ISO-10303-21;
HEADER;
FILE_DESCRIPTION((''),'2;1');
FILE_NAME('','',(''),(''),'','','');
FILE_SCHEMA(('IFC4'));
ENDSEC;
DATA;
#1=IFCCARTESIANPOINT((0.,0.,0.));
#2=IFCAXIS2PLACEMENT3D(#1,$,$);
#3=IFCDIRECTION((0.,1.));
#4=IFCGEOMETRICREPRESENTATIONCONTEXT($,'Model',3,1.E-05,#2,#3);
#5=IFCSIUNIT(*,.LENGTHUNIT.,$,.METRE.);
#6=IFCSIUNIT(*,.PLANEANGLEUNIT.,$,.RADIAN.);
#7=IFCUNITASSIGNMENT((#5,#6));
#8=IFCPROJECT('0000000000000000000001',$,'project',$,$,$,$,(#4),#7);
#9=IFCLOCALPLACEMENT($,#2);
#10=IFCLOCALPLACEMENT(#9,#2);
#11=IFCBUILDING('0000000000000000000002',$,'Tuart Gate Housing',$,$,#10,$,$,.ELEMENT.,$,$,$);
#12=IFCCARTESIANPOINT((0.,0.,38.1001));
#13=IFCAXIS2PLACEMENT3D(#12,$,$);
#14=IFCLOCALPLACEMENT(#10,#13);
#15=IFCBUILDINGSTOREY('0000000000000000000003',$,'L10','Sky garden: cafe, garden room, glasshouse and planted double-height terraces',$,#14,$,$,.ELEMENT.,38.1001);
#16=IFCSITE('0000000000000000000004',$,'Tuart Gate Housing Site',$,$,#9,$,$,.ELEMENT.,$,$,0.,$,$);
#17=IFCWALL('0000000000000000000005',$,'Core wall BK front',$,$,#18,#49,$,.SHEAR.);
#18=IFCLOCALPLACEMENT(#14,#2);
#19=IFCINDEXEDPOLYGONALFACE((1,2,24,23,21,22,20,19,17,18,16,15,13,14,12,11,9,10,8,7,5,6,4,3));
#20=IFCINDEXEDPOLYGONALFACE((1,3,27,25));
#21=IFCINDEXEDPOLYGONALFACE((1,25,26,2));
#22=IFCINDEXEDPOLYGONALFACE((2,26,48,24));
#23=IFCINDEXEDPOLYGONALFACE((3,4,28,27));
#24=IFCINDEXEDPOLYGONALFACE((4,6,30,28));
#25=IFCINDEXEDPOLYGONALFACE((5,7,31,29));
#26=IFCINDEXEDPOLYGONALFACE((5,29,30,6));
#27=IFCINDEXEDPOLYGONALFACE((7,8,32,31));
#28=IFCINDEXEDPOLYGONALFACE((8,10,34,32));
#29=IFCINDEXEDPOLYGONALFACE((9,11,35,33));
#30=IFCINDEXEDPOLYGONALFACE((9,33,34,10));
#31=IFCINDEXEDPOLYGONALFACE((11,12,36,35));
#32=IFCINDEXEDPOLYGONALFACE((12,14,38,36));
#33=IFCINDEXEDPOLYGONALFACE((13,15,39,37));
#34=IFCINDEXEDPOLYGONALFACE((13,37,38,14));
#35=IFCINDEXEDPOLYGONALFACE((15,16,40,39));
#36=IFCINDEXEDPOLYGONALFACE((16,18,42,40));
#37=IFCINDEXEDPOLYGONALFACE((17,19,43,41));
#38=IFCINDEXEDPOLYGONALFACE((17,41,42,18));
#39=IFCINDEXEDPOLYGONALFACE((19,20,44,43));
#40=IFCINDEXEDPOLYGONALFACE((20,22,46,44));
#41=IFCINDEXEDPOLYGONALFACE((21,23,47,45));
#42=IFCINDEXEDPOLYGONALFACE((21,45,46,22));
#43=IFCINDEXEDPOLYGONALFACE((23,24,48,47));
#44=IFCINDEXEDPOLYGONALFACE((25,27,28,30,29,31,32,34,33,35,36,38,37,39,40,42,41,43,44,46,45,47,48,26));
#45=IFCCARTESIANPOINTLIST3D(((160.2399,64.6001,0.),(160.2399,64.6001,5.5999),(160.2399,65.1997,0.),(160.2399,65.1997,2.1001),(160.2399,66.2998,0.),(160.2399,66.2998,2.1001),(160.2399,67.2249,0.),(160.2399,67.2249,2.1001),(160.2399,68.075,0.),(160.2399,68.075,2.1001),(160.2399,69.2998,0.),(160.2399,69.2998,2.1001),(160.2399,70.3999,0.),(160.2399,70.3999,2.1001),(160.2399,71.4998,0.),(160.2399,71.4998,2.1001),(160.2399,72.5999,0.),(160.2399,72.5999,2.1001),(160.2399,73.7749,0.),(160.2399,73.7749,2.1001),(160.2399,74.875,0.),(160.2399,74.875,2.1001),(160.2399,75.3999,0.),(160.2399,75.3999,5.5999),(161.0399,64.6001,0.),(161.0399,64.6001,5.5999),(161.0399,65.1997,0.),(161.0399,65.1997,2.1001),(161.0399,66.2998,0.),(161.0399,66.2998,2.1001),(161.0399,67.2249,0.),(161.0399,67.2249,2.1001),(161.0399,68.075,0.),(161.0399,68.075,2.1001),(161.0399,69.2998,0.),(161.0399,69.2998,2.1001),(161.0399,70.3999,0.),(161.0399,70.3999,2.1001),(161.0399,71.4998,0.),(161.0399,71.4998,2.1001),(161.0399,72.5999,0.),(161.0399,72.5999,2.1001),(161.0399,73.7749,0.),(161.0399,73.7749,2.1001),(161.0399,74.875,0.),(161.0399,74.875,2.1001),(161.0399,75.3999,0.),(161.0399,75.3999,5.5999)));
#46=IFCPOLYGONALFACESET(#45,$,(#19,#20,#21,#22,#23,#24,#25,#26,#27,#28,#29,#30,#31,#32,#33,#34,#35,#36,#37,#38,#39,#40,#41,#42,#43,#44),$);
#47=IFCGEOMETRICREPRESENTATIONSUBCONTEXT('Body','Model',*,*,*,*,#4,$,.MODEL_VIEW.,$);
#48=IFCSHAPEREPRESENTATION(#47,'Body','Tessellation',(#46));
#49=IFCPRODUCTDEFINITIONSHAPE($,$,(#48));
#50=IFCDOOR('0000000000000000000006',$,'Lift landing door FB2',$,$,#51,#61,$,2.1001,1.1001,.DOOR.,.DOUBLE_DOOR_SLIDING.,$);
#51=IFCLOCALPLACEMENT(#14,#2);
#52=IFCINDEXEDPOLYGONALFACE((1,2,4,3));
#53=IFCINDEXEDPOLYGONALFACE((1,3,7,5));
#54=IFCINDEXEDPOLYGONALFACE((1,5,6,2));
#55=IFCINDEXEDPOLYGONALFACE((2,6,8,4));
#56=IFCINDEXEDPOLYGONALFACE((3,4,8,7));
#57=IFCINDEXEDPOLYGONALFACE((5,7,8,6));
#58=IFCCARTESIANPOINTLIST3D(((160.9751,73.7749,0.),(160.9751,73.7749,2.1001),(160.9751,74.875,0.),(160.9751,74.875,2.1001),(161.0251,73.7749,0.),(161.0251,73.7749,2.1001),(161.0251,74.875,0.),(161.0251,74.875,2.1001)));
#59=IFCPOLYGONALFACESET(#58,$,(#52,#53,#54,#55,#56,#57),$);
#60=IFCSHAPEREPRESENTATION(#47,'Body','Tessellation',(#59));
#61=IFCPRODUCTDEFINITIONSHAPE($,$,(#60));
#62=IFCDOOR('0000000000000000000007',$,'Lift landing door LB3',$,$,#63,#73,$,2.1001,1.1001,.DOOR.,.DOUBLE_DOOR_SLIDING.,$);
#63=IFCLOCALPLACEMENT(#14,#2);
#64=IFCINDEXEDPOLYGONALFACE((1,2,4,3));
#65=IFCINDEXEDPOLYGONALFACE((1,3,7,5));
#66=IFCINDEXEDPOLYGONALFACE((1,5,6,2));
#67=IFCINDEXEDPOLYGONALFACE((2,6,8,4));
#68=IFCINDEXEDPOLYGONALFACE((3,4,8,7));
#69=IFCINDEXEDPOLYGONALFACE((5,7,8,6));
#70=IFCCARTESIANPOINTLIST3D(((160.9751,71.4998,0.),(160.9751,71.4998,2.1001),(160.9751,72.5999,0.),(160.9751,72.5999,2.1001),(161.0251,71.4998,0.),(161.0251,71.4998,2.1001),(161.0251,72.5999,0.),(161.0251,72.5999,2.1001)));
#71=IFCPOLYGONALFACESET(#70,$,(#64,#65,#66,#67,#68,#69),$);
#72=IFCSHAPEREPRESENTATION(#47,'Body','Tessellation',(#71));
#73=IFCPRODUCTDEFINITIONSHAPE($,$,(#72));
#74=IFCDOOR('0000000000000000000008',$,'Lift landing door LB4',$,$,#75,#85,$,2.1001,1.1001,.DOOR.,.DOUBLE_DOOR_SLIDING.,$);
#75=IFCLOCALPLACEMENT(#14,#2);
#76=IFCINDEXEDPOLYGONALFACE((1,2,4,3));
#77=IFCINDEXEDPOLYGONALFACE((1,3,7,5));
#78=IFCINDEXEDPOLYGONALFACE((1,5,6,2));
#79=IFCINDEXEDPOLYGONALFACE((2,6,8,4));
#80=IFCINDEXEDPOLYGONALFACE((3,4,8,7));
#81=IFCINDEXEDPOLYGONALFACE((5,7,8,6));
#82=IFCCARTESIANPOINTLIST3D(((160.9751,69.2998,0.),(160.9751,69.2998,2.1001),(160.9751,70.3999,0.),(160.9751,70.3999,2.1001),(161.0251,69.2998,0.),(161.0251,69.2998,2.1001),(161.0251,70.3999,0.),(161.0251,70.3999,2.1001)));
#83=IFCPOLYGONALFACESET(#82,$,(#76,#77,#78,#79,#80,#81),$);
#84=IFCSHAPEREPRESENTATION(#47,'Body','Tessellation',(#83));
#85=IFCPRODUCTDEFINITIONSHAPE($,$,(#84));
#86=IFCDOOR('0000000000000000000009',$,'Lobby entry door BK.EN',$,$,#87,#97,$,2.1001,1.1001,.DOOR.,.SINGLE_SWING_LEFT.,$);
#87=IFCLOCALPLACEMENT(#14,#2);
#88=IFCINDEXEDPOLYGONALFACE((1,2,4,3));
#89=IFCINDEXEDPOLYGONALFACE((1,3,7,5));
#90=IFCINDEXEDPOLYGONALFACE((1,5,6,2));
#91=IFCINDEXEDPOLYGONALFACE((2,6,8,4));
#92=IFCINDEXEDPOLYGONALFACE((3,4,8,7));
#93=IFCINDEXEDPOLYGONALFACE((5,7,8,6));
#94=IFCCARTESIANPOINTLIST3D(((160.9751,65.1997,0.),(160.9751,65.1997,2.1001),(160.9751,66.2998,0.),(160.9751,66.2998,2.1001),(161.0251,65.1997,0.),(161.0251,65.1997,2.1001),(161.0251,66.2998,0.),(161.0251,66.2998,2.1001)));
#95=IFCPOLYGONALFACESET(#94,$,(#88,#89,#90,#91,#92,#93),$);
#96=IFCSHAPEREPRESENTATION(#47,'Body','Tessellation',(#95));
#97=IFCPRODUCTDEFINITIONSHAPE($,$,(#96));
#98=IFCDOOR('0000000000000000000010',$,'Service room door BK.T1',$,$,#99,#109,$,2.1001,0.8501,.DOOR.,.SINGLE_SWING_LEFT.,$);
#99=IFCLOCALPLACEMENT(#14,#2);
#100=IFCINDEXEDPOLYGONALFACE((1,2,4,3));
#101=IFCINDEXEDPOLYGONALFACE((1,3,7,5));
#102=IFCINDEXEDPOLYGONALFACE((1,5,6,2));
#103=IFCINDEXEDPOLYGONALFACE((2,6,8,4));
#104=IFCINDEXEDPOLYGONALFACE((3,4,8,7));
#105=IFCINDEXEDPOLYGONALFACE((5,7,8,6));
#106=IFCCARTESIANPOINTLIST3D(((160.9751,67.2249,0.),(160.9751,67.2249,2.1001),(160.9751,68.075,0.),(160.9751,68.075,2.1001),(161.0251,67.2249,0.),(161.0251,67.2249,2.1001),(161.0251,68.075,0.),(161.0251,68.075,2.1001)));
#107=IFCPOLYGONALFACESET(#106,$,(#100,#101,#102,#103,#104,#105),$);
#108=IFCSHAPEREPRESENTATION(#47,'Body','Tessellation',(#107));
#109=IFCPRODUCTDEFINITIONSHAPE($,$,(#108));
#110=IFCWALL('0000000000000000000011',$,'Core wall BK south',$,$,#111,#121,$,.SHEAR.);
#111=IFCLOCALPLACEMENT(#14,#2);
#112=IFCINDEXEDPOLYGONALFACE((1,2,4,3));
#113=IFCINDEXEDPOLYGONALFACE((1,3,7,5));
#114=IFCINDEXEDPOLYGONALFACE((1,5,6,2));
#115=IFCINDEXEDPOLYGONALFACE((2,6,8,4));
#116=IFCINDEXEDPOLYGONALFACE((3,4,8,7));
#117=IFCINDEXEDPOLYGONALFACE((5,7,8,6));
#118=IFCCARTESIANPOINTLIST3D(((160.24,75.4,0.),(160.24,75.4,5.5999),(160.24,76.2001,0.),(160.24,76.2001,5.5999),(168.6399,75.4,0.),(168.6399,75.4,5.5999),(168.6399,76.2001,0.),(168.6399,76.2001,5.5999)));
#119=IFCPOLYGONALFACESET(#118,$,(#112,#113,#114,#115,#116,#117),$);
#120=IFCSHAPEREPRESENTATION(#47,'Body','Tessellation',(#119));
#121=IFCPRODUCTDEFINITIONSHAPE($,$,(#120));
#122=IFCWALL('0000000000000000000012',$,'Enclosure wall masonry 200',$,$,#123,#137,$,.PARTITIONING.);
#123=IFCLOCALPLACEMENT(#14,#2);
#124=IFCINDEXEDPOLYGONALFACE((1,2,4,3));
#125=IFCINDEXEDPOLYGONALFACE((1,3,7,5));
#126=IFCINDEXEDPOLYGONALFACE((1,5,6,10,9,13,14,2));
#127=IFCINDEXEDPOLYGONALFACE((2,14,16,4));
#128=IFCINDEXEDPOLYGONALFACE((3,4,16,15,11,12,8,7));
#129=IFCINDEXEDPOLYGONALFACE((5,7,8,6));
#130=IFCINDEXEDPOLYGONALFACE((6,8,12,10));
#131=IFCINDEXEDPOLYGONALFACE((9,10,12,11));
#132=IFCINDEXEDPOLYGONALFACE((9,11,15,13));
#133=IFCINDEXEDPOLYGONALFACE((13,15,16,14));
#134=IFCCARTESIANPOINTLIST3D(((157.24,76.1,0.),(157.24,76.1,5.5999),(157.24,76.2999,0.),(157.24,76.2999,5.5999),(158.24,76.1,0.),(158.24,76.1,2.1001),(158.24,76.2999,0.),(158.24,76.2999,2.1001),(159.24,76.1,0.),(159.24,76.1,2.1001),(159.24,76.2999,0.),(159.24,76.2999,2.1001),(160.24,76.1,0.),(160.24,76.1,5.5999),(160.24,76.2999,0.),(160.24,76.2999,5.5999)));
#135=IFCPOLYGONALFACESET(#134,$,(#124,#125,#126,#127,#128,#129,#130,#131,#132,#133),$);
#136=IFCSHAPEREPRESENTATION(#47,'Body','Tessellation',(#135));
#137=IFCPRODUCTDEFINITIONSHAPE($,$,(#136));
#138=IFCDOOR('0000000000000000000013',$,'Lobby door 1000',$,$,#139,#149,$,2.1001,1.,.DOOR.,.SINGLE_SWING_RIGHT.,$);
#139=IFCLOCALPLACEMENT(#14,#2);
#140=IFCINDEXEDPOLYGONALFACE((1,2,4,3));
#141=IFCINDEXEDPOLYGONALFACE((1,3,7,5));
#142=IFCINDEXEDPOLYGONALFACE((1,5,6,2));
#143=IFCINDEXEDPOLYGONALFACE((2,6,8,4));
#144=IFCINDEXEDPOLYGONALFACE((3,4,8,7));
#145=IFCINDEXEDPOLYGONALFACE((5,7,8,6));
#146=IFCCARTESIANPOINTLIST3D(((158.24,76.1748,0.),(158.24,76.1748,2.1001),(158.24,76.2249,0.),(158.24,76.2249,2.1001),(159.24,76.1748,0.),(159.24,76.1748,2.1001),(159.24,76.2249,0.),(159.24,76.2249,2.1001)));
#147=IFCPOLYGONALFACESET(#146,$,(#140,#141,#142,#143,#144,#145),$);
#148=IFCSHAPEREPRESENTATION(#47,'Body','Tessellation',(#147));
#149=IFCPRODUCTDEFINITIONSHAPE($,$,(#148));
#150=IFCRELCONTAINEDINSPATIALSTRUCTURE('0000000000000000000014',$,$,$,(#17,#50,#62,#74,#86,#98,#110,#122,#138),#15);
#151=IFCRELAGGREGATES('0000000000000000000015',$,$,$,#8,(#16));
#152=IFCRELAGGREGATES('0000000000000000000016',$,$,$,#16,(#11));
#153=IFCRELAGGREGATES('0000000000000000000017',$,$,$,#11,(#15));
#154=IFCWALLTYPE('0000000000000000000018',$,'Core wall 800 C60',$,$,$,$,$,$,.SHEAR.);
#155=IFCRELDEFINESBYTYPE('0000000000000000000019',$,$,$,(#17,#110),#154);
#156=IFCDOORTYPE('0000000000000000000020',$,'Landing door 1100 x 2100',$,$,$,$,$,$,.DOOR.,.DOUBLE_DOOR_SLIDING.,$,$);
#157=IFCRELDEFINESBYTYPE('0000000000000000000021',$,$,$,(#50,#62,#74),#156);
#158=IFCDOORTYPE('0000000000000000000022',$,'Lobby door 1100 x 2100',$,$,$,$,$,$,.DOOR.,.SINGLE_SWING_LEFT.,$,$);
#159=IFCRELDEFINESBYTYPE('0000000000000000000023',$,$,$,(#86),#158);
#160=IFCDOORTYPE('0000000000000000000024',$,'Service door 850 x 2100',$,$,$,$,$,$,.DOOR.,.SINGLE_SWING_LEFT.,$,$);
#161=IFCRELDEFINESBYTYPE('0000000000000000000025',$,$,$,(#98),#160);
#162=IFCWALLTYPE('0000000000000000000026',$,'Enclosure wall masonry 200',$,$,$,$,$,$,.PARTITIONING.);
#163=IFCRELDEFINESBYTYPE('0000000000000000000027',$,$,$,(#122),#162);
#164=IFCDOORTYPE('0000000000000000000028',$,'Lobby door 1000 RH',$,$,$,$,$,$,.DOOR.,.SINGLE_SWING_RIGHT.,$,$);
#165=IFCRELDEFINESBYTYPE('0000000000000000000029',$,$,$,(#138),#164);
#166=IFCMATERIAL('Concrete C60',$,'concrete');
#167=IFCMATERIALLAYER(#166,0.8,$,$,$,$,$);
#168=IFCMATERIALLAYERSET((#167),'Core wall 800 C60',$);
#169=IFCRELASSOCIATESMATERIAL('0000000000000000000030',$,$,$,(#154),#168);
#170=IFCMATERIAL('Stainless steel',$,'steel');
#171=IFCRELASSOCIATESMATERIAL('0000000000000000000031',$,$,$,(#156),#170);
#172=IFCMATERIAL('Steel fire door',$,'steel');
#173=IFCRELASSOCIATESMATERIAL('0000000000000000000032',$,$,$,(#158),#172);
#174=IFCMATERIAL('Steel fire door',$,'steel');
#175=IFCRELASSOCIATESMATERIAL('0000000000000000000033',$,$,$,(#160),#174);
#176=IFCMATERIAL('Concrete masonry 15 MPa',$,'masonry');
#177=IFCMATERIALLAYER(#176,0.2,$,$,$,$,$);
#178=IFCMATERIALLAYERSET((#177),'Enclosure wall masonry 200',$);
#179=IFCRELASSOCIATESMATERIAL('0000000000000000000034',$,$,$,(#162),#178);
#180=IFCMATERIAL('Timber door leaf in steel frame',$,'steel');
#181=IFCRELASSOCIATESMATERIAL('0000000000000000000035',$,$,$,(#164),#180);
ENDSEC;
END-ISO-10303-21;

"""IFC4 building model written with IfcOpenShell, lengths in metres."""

from ifc_helpers import new_model, si_unit, direction, frame, frame_2d, origin, place, context, subcontext, project, spatial, rectangle, extrude, material, layer, layer_set, type_object, element, fill, save


model = new_model("IFC4")

# Units and contexts
model_context = context("Model", 3, precision=1e-05, world=origin(), true_north=direction((0.0, 1.0)))
body_context = subcontext(model_context, "Body", "Model", "MODEL_VIEW")
ifc_project = project(units=[si_unit("LENGTHUNIT", "METRE"), si_unit("PLANEANGLEUNIT", "RADIAN")], contexts=[model_context])

# Site, building, storey
site_placement = place(None, origin())
site = spatial("IfcSite", under=ifc_project, at=site_placement, Name="Tuart Gate Housing Site", CompositionType="ELEMENT", RefElevation=0.0)
building_placement = place(site_placement, origin())
building = spatial("IfcBuilding", under=site, at=building_placement, Name="Tuart Gate Housing", CompositionType="ELEMENT")
storey_placement = place(building_placement, frame((0.0, 0.0, 38.1001)))
storey = spatial("IfcBuildingStorey", under=building, at=storey_placement, Name="L10", Description="Sky garden: cafe, garden room, glasshouse and planted double-height terraces", CompositionType="ELEMENT", Elevation=38.1001)

# Wall, openings, doors
ifc_material_1 = material(Name="Concrete C60", Category="concrete")
ifc_layer_1 = layer(ifc_material_1, 0.8)
ifc_layer_set_1 = layer_set([ifc_layer_1], Name="Core wall 800 C60")
wall_type_1 = type_object("IfcWallType", Name="Core wall 800 C60", PredefinedType="SHEAR", material=ifc_layer_set_1)
wall_1_placement = place(storey_placement, frame((160.6399, 75.3999, 0.0), z_axis=(0.0, 0.0, 1.0), x_axis=(0.0, -1.0, 0.0)))
wall_1 = element("IfcWall", 1, at=wall_1_placement, inside=storey, type_object=wall_type_1, Name="Core wall BK front", PredefinedType="SHEAR", context=body_context, shape_type="SweptSolid", body=[
    extrude(rectangle(XDim=10.7998, YDim=0.8, at=frame_2d((5.3999, 0.0))), origin(), (0.0, 0.0, 1.0), 5.5999),
])
opening_1_placement = place(wall_1_placement, frame((0.5249, 0.0, 0.0)))
opening_1 = element("IfcOpeningElement", 2, at=opening_1_placement, cuts=wall_1, PredefinedType="OPENING", context=body_context, shape_type="SweptSolid", body=[
    extrude(rectangle(XDim=1.1001, YDim=2.1001, at=frame_2d((0.55, 1.05))), frame((0.0, 0.4099, 0.0), z_axis=(0.0, -1.0, 0.0), x_axis=(1.0, 0.0, 0.0)), (0.0, 0.0, 1.0), 0.8201),
])
opening_2_placement = place(wall_1_placement, frame((2.8, 0.0, 0.0)))
opening_2 = element("IfcOpeningElement", 3, at=opening_2_placement, cuts=wall_1, PredefinedType="OPENING", context=body_context, shape_type="SweptSolid", body=[
    extrude(rectangle(XDim=1.1001, YDim=2.1001, at=frame_2d((0.55, 1.05))), frame((0.0, 0.4099, 0.0), z_axis=(0.0, -1.0, 0.0), x_axis=(1.0, 0.0, 0.0)), (0.0, 0.0, 1.0), 0.8201),
])
opening_3_placement = place(wall_1_placement, frame((5.0, 0.0, 0.0)))
opening_3 = element("IfcOpeningElement", 4, at=opening_3_placement, cuts=wall_1, PredefinedType="OPENING", context=body_context, shape_type="SweptSolid", body=[
    extrude(rectangle(XDim=1.1001, YDim=2.1001, at=frame_2d((0.55, 1.05))), frame((0.0, 0.4099, 0.0), z_axis=(0.0, -1.0, 0.0), x_axis=(1.0, 0.0, 0.0)), (0.0, 0.0, 1.0), 0.8201),
])
opening_4_placement = place(wall_1_placement, frame((9.1001, 0.0, 0.0)))
opening_4 = element("IfcOpeningElement", 5, at=opening_4_placement, cuts=wall_1, PredefinedType="OPENING", context=body_context, shape_type="SweptSolid", body=[
    extrude(rectangle(XDim=1.1001, YDim=2.1001, at=frame_2d((0.55, 1.05))), frame((0.0, 0.4099, 0.0), z_axis=(0.0, -1.0, 0.0), x_axis=(1.0, 0.0, 0.0)), (0.0, 0.0, 1.0), 0.8201),
])
opening_5_placement = place(wall_1_placement, frame((7.325, 0.0, 0.0)))
opening_5 = element("IfcOpeningElement", 6, at=opening_5_placement, cuts=wall_1, PredefinedType="OPENING", context=body_context, shape_type="SweptSolid", body=[
    extrude(rectangle(XDim=0.8501, YDim=2.1001, at=frame_2d((0.425, 1.05))), frame((0.0, 0.4099, 0.0), z_axis=(0.0, -1.0, 0.0), x_axis=(1.0, 0.0, 0.0)), (0.0, 0.0, 1.0), 0.8201),
])
ifc_material_2 = material(Name="Stainless steel", Category="steel")
door_type_1 = type_object("IfcDoorType", Name="Landing door 1100 x 2100", OperationType="DOUBLE_DOOR_SLIDING", PredefinedType="DOOR", material=ifc_material_2)
door_1_placement = place(opening_1_placement, origin())
door_1 = element("IfcDoor", 7, at=door_1_placement, inside=storey, type_object=door_type_1, Name="Lift landing door FB2", OperationType="DOUBLE_DOOR_SLIDING", OverallHeight=2.1001, OverallWidth=1.1001, PredefinedType="DOOR", context=body_context, shape_type="SweptSolid", body=[
    extrude(rectangle(XDim=1.1001, YDim=2.1001, at=frame_2d((0.55, 1.05))), frame((0.0, 0.3853, 0.0), z_axis=(0.0, -1.0, 0.0), x_axis=(1.0, 0.0, 0.0)), (0.0, 0.0, 1.0), 0.05),
])
fill(opening_1, door_1)
door_2_placement = place(opening_2_placement, origin())
door_2 = element("IfcDoor", 8, at=door_2_placement, inside=storey, type_object=door_type_1, Name="Lift landing door LB3", OperationType="DOUBLE_DOOR_SLIDING", OverallHeight=2.1001, OverallWidth=1.1001, PredefinedType="DOOR", context=body_context, shape_type="SweptSolid", body=[
    extrude(rectangle(XDim=1.1001, YDim=2.1001, at=frame_2d((0.55, 1.05))), frame((0.0, 0.3853, 0.0), z_axis=(0.0, -1.0, 0.0), x_axis=(1.0, 0.0, 0.0)), (0.0, 0.0, 1.0), 0.05),
])
fill(opening_2, door_2)
door_3_placement = place(opening_3_placement, origin())
door_3 = element("IfcDoor", 9, at=door_3_placement, inside=storey, type_object=door_type_1, Name="Lift landing door LB4", OperationType="DOUBLE_DOOR_SLIDING", OverallHeight=2.1001, OverallWidth=1.1001, PredefinedType="DOOR", context=body_context, shape_type="SweptSolid", body=[
    extrude(rectangle(XDim=1.1001, YDim=2.1001, at=frame_2d((0.55, 1.05))), frame((0.0, 0.3853, 0.0), z_axis=(0.0, -1.0, 0.0), x_axis=(1.0, 0.0, 0.0)), (0.0, 0.0, 1.0), 0.05),
])
fill(opening_3, door_3)
ifc_material_3 = material(Name="Steel fire door", Category="steel")
door_type_2 = type_object("IfcDoorType", Name="Lobby door 1100 x 2100", OperationType="SINGLE_SWING_LEFT", PredefinedType="DOOR", material=ifc_material_3)
door_4_placement = place(opening_4_placement, origin())
door_4 = element("IfcDoor", 10, at=door_4_placement, inside=storey, type_object=door_type_2, Name="Lobby entry door BK.EN", OperationType="SINGLE_SWING_LEFT", OverallHeight=2.1001, OverallWidth=1.1001, PredefinedType="DOOR", context=body_context, shape_type="SweptSolid", body=[
    extrude(rectangle(XDim=1.1001, YDim=2.1001, at=frame_2d((0.55, 1.05))), frame((0.0, 0.3853, 0.0), z_axis=(0.0, -1.0, 0.0), x_axis=(1.0, 0.0, 0.0)), (0.0, 0.0, 1.0), 0.05),
])
fill(opening_4, door_4)
ifc_material_4 = material(Name="Steel fire door", Category="steel")
door_type_3 = type_object("IfcDoorType", Name="Service door 850 x 2100", OperationType="SINGLE_SWING_LEFT", PredefinedType="DOOR", material=ifc_material_4)
door_5_placement = place(opening_5_placement, origin())
door_5 = element("IfcDoor", 11, at=door_5_placement, inside=storey, type_object=door_type_3, Name="Service room door BK.T1", OperationType="SINGLE_SWING_LEFT", OverallHeight=2.1001, OverallWidth=0.8501, PredefinedType="DOOR", context=body_context, shape_type="SweptSolid", body=[
    extrude(rectangle(XDim=0.8501, YDim=2.1001, at=frame_2d((0.425, 1.05))), frame((0.0, 0.3853, 0.0), z_axis=(0.0, -1.0, 0.0), x_axis=(1.0, 0.0, 0.0)), (0.0, 0.0, 1.0), 0.05),
])
fill(opening_5, door_5)

# Wall
wall_2_placement = place(storey_placement, frame((160.24, 75.8, 0.0), z_axis=(0.0, 0.0, 1.0), x_axis=(1.0, 0.0, 0.0)))
element("IfcWall", 12, at=wall_2_placement, inside=storey, type_object=wall_type_1, Name="Core wall BK south", PredefinedType="SHEAR", context=body_context, shape_type="SweptSolid", body=[
    extrude(rectangle(XDim=8.3999, YDim=0.8, at=frame_2d((4.2, 0.0))), origin(), (0.0, 0.0, 1.0), 5.5999),
])

# Wall, opening, door
ifc_material_5 = material(Name="Concrete masonry 15 MPa", Category="masonry")
ifc_layer_2 = layer(ifc_material_5, 0.2)
ifc_layer_set_2 = layer_set([ifc_layer_2], Name="Enclosure wall masonry 200")
wall_type_2 = type_object("IfcWallType", Name="Enclosure wall masonry 200", PredefinedType="PARTITIONING", material=ifc_layer_set_2)
wall_3_placement = place(storey_placement, frame((157.24, 76.2, 0.0), z_axis=(0.0, 0.0, 1.0), x_axis=(1.0, 0.0, 0.0)))
wall_3 = element("IfcWall", 13, at=wall_3_placement, inside=storey, type_object=wall_type_2, Name="Enclosure wall masonry 200", PredefinedType="PARTITIONING", context=body_context, shape_type="SweptSolid", body=[
    extrude(rectangle(XDim=3.0, YDim=0.2, at=frame_2d((1.5, 0.0))), origin(), (0.0, 0.0, 1.0), 5.5999),
])
opening_6_placement = place(wall_3_placement, frame((1.0, 0.0, 0.0)))
opening_6 = element("IfcOpeningElement", 14, at=opening_6_placement, cuts=wall_3, PredefinedType="OPENING", context=body_context, shape_type="SweptSolid", body=[
    extrude(rectangle(XDim=1.0, YDim=2.1001, at=frame_2d((0.5, 1.05))), frame((0.0, 0.1099, 0.0), z_axis=(0.0, -1.0, 0.0), x_axis=(1.0, 0.0, 0.0)), (0.0, 0.0, 1.0), 0.22),
])
ifc_material_6 = material(Name="Timber door leaf in steel frame", Category="steel")
door_type_4 = type_object("IfcDoorType", Name="Lobby door 1000 RH", OperationType="SINGLE_SWING_RIGHT", PredefinedType="DOOR", material=ifc_material_6)
door_6_placement = place(opening_6_placement, frame((1.0, 0.0, 0.0), z_axis=(0.0, 0.0, 1.0), x_axis=(-1.0, 0.0, 0.0)))
door_6 = element("IfcDoor", 15, at=door_6_placement, inside=storey, type_object=door_type_4, Name="Lobby door 1000", OperationType="SINGLE_SWING_RIGHT", OverallHeight=2.1001, OverallWidth=1.0, PredefinedType="DOOR", context=body_context, shape_type="SweptSolid", body=[
    extrude(rectangle(XDim=1.0, YDim=2.1001, at=frame_2d((0.5, 1.05))), frame((0.0, 0.0251, 0.0), z_axis=(0.0, -1.0, 0.0), x_axis=(1.0, 0.0, 0.0)), (0.0, 0.0, 1.0), 0.05),
])
fill(opening_6, door_6)

save(model, "model.ifc")
